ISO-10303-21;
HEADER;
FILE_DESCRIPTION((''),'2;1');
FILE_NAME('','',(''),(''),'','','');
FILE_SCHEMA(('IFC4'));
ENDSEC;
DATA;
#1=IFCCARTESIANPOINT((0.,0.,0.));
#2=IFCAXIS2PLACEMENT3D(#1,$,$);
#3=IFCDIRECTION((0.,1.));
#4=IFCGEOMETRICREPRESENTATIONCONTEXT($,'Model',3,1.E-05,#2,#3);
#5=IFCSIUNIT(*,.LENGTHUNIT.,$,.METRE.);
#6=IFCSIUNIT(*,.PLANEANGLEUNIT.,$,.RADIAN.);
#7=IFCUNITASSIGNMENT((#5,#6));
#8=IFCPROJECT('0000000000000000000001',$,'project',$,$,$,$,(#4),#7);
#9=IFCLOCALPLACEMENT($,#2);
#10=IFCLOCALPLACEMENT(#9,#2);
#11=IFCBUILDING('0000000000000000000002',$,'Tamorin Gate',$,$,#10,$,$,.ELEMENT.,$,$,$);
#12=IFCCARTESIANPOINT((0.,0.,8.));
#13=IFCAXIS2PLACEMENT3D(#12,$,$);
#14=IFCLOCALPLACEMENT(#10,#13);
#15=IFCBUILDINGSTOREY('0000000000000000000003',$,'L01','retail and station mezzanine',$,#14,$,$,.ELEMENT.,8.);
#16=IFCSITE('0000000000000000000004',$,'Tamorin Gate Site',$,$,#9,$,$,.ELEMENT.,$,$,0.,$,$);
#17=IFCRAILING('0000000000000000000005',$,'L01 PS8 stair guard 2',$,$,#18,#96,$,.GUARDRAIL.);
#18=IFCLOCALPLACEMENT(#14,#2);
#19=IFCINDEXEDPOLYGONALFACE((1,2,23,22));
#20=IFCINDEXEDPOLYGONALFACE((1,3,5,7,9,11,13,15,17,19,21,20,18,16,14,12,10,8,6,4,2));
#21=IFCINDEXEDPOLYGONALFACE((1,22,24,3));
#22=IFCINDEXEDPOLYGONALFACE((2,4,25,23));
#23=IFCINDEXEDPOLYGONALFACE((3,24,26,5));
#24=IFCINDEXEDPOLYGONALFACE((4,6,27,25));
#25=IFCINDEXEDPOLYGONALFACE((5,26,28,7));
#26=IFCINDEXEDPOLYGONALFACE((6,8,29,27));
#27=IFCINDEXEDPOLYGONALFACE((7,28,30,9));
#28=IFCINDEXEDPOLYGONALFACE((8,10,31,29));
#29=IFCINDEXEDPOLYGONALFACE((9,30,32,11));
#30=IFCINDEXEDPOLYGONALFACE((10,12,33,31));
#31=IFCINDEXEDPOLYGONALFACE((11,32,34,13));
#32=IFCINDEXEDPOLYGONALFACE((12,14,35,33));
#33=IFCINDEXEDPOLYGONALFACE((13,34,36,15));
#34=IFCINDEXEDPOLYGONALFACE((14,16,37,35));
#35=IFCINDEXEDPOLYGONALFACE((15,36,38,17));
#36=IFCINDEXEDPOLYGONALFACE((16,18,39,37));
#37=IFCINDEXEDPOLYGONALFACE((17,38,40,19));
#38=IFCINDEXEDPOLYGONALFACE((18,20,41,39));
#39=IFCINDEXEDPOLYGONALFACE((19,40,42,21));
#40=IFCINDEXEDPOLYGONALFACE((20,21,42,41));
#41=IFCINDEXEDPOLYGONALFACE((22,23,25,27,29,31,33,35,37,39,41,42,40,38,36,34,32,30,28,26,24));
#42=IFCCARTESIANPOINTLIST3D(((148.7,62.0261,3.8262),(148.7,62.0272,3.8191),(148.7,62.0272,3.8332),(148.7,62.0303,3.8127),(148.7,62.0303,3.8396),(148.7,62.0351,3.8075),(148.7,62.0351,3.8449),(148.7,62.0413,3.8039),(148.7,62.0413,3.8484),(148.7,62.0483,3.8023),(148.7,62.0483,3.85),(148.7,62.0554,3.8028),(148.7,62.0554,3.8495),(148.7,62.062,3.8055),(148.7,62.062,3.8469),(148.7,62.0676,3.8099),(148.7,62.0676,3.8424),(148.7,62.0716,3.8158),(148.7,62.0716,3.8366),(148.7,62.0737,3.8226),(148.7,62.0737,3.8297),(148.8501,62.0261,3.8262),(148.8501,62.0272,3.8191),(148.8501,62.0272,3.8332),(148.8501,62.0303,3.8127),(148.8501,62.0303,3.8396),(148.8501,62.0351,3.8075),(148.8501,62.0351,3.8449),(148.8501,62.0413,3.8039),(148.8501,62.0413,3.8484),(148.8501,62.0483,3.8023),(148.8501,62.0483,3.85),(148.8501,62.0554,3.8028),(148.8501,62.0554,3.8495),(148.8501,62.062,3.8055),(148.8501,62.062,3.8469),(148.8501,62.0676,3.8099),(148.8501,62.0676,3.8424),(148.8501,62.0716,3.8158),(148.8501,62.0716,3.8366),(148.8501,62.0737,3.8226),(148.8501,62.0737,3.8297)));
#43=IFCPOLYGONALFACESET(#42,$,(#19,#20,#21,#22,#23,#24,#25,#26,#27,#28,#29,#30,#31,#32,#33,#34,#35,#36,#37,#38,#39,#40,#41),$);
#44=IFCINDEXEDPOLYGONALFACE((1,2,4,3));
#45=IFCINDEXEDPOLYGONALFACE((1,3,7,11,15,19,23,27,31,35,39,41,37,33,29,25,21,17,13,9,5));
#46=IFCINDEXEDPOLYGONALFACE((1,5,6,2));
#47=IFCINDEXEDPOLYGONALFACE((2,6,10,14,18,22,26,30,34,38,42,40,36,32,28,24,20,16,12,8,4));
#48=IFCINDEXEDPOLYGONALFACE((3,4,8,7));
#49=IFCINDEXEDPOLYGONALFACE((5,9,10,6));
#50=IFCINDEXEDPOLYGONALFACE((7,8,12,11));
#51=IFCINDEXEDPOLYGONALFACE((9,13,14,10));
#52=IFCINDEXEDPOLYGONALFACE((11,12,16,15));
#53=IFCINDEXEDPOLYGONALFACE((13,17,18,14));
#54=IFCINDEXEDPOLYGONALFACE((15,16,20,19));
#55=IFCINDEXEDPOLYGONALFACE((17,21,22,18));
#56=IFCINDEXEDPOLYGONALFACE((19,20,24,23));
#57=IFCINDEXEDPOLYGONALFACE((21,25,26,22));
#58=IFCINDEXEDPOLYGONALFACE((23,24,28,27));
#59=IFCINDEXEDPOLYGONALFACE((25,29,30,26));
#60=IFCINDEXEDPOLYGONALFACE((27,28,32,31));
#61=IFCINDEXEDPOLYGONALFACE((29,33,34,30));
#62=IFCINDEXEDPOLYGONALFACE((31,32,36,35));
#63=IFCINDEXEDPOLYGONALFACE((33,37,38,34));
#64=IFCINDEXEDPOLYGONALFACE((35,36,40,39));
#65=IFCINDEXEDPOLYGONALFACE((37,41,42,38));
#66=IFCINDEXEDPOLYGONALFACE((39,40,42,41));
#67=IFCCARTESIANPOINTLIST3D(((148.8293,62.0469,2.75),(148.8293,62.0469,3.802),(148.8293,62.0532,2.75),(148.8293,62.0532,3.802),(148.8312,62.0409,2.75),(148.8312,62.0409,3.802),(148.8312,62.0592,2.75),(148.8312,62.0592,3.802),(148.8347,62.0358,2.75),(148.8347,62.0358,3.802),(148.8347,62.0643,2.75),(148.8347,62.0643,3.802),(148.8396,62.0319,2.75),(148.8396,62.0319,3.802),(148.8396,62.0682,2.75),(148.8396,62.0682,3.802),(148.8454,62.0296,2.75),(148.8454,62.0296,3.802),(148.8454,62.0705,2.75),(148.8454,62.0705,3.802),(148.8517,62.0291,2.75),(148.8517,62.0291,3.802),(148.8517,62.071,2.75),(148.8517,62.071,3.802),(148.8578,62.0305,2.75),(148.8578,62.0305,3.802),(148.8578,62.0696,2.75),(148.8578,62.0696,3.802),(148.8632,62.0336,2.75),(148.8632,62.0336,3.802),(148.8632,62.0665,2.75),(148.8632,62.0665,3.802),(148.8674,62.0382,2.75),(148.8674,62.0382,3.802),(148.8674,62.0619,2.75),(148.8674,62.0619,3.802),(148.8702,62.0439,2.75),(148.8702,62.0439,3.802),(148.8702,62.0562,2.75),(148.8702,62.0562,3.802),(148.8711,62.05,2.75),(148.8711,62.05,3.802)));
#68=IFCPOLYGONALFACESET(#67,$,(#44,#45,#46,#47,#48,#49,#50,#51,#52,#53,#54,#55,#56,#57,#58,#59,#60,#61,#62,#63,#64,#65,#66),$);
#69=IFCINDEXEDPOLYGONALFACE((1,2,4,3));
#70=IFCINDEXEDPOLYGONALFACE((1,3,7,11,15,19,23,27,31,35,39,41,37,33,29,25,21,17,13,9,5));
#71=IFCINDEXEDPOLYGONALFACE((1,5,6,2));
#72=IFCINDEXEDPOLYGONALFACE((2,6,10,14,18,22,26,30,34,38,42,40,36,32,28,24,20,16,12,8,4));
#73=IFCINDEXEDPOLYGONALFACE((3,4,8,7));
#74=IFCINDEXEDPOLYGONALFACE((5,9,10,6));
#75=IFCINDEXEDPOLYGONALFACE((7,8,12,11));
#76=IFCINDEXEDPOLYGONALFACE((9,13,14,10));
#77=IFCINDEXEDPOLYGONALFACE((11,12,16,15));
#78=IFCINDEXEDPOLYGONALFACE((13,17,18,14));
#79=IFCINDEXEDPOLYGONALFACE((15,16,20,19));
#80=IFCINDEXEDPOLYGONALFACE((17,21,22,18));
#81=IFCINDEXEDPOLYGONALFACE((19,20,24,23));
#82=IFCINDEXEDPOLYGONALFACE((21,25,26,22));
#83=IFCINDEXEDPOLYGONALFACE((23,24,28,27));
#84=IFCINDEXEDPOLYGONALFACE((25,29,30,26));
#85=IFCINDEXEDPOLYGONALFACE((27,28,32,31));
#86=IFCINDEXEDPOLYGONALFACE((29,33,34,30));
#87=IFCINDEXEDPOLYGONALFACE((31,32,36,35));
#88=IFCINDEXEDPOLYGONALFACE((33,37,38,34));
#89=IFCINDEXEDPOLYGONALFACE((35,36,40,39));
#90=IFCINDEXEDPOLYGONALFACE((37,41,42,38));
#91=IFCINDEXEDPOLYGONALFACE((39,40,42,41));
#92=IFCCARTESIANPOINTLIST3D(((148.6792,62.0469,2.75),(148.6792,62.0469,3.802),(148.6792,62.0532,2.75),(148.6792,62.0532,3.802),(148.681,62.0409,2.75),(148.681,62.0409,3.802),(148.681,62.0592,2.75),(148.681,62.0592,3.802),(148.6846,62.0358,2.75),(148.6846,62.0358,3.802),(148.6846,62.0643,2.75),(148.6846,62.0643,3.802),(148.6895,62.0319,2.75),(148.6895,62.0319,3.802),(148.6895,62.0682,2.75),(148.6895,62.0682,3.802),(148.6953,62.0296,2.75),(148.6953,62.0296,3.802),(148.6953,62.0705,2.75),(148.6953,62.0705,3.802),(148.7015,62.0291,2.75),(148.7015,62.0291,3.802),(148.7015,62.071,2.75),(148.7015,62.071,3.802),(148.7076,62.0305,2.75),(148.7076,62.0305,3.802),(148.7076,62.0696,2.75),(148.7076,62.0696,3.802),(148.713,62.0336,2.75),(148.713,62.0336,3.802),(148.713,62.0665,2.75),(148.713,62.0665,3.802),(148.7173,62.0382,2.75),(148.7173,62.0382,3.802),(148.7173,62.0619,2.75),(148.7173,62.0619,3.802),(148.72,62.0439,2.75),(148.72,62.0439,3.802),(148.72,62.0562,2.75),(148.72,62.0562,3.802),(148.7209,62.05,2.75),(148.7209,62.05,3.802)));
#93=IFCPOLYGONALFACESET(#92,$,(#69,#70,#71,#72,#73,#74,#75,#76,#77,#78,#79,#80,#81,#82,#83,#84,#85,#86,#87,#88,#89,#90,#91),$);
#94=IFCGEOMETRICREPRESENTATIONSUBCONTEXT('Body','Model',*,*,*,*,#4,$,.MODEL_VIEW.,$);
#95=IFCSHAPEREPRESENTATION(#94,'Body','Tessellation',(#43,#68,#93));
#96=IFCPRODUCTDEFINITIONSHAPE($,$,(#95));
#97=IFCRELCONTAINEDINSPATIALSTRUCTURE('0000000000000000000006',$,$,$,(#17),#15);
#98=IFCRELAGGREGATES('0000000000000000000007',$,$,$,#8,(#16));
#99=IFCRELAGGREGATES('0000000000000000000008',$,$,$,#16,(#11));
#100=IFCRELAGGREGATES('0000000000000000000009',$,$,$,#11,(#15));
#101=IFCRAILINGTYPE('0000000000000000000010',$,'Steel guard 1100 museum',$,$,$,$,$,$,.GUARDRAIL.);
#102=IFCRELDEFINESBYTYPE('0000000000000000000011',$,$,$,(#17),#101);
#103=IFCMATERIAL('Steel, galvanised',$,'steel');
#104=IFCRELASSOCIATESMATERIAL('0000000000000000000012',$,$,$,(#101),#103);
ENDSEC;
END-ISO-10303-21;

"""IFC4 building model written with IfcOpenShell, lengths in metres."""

from ifc_helpers import new_model, si_unit, direction, frame, origin, origin_2d, place, context, subcontext, project, spatial, circle, extrude, material, type_object, element, save


model = new_model("IFC4")

# Units and contexts
model_context = context("Model", 3, precision=1e-05, world=origin(), true_north=direction((0.0, 1.0)))
body_context = subcontext(model_context, "Body", "Model", "MODEL_VIEW")
ifc_project = project(units=[si_unit("LENGTHUNIT", "METRE"), si_unit("PLANEANGLEUNIT", "RADIAN")], contexts=[model_context])

# Site, building, storey
site_placement = place(None, origin())
site = spatial("IfcSite", under=ifc_project, at=site_placement, Name="Tamorin Gate Site", CompositionType="ELEMENT", RefElevation=0.0)
building_placement = place(site_placement, origin())
building = spatial("IfcBuilding", under=site, at=building_placement, Name="Tamorin Gate", CompositionType="ELEMENT")
storey_placement = place(building_placement, frame((0.0, 0.0, 8.0)))
storey = spatial("IfcBuildingStorey", under=building, at=storey_placement, Name="L01", Description="retail and station mezzanine", CompositionType="ELEMENT", Elevation=8.0)

# Railing
ifc_material_1 = material(Name="Steel, galvanised", Category="steel")
railing_type_1 = type_object("IfcRailingType", Name="Steel guard 1100 museum", PredefinedType="GUARDRAIL", material=ifc_material_1)
railing_1_placement = place(storey_placement, frame((148.8501, 62.05, 2.75)))
element("IfcRailing", 1, at=railing_1_placement, inside=storey, type_object=railing_type_1, Name="L01 PS8 stair guard 2", PredefinedType="GUARDRAIL", context=body_context, shape_type="SweptSolid", body=[
    extrude(circle(Radius=0.0239, at=origin_2d()), frame((0.0, 0.0, 1.0762), z_axis=(-1.0, 0.0, 0.0), x_axis=(0.0, -1.0, 0.0)), (0.0, 0.0, 1.0), 0.1501),
    extrude(circle(Radius=0.021, at=origin_2d()), origin(), (0.0, 0.0, 1.0), 1.052),
    extrude(circle(Radius=0.021, at=origin_2d()), frame((-0.1501, 0.0, 0.0)), (0.0, 0.0, 1.0), 1.052),
])

save(model, "model.ifc")
